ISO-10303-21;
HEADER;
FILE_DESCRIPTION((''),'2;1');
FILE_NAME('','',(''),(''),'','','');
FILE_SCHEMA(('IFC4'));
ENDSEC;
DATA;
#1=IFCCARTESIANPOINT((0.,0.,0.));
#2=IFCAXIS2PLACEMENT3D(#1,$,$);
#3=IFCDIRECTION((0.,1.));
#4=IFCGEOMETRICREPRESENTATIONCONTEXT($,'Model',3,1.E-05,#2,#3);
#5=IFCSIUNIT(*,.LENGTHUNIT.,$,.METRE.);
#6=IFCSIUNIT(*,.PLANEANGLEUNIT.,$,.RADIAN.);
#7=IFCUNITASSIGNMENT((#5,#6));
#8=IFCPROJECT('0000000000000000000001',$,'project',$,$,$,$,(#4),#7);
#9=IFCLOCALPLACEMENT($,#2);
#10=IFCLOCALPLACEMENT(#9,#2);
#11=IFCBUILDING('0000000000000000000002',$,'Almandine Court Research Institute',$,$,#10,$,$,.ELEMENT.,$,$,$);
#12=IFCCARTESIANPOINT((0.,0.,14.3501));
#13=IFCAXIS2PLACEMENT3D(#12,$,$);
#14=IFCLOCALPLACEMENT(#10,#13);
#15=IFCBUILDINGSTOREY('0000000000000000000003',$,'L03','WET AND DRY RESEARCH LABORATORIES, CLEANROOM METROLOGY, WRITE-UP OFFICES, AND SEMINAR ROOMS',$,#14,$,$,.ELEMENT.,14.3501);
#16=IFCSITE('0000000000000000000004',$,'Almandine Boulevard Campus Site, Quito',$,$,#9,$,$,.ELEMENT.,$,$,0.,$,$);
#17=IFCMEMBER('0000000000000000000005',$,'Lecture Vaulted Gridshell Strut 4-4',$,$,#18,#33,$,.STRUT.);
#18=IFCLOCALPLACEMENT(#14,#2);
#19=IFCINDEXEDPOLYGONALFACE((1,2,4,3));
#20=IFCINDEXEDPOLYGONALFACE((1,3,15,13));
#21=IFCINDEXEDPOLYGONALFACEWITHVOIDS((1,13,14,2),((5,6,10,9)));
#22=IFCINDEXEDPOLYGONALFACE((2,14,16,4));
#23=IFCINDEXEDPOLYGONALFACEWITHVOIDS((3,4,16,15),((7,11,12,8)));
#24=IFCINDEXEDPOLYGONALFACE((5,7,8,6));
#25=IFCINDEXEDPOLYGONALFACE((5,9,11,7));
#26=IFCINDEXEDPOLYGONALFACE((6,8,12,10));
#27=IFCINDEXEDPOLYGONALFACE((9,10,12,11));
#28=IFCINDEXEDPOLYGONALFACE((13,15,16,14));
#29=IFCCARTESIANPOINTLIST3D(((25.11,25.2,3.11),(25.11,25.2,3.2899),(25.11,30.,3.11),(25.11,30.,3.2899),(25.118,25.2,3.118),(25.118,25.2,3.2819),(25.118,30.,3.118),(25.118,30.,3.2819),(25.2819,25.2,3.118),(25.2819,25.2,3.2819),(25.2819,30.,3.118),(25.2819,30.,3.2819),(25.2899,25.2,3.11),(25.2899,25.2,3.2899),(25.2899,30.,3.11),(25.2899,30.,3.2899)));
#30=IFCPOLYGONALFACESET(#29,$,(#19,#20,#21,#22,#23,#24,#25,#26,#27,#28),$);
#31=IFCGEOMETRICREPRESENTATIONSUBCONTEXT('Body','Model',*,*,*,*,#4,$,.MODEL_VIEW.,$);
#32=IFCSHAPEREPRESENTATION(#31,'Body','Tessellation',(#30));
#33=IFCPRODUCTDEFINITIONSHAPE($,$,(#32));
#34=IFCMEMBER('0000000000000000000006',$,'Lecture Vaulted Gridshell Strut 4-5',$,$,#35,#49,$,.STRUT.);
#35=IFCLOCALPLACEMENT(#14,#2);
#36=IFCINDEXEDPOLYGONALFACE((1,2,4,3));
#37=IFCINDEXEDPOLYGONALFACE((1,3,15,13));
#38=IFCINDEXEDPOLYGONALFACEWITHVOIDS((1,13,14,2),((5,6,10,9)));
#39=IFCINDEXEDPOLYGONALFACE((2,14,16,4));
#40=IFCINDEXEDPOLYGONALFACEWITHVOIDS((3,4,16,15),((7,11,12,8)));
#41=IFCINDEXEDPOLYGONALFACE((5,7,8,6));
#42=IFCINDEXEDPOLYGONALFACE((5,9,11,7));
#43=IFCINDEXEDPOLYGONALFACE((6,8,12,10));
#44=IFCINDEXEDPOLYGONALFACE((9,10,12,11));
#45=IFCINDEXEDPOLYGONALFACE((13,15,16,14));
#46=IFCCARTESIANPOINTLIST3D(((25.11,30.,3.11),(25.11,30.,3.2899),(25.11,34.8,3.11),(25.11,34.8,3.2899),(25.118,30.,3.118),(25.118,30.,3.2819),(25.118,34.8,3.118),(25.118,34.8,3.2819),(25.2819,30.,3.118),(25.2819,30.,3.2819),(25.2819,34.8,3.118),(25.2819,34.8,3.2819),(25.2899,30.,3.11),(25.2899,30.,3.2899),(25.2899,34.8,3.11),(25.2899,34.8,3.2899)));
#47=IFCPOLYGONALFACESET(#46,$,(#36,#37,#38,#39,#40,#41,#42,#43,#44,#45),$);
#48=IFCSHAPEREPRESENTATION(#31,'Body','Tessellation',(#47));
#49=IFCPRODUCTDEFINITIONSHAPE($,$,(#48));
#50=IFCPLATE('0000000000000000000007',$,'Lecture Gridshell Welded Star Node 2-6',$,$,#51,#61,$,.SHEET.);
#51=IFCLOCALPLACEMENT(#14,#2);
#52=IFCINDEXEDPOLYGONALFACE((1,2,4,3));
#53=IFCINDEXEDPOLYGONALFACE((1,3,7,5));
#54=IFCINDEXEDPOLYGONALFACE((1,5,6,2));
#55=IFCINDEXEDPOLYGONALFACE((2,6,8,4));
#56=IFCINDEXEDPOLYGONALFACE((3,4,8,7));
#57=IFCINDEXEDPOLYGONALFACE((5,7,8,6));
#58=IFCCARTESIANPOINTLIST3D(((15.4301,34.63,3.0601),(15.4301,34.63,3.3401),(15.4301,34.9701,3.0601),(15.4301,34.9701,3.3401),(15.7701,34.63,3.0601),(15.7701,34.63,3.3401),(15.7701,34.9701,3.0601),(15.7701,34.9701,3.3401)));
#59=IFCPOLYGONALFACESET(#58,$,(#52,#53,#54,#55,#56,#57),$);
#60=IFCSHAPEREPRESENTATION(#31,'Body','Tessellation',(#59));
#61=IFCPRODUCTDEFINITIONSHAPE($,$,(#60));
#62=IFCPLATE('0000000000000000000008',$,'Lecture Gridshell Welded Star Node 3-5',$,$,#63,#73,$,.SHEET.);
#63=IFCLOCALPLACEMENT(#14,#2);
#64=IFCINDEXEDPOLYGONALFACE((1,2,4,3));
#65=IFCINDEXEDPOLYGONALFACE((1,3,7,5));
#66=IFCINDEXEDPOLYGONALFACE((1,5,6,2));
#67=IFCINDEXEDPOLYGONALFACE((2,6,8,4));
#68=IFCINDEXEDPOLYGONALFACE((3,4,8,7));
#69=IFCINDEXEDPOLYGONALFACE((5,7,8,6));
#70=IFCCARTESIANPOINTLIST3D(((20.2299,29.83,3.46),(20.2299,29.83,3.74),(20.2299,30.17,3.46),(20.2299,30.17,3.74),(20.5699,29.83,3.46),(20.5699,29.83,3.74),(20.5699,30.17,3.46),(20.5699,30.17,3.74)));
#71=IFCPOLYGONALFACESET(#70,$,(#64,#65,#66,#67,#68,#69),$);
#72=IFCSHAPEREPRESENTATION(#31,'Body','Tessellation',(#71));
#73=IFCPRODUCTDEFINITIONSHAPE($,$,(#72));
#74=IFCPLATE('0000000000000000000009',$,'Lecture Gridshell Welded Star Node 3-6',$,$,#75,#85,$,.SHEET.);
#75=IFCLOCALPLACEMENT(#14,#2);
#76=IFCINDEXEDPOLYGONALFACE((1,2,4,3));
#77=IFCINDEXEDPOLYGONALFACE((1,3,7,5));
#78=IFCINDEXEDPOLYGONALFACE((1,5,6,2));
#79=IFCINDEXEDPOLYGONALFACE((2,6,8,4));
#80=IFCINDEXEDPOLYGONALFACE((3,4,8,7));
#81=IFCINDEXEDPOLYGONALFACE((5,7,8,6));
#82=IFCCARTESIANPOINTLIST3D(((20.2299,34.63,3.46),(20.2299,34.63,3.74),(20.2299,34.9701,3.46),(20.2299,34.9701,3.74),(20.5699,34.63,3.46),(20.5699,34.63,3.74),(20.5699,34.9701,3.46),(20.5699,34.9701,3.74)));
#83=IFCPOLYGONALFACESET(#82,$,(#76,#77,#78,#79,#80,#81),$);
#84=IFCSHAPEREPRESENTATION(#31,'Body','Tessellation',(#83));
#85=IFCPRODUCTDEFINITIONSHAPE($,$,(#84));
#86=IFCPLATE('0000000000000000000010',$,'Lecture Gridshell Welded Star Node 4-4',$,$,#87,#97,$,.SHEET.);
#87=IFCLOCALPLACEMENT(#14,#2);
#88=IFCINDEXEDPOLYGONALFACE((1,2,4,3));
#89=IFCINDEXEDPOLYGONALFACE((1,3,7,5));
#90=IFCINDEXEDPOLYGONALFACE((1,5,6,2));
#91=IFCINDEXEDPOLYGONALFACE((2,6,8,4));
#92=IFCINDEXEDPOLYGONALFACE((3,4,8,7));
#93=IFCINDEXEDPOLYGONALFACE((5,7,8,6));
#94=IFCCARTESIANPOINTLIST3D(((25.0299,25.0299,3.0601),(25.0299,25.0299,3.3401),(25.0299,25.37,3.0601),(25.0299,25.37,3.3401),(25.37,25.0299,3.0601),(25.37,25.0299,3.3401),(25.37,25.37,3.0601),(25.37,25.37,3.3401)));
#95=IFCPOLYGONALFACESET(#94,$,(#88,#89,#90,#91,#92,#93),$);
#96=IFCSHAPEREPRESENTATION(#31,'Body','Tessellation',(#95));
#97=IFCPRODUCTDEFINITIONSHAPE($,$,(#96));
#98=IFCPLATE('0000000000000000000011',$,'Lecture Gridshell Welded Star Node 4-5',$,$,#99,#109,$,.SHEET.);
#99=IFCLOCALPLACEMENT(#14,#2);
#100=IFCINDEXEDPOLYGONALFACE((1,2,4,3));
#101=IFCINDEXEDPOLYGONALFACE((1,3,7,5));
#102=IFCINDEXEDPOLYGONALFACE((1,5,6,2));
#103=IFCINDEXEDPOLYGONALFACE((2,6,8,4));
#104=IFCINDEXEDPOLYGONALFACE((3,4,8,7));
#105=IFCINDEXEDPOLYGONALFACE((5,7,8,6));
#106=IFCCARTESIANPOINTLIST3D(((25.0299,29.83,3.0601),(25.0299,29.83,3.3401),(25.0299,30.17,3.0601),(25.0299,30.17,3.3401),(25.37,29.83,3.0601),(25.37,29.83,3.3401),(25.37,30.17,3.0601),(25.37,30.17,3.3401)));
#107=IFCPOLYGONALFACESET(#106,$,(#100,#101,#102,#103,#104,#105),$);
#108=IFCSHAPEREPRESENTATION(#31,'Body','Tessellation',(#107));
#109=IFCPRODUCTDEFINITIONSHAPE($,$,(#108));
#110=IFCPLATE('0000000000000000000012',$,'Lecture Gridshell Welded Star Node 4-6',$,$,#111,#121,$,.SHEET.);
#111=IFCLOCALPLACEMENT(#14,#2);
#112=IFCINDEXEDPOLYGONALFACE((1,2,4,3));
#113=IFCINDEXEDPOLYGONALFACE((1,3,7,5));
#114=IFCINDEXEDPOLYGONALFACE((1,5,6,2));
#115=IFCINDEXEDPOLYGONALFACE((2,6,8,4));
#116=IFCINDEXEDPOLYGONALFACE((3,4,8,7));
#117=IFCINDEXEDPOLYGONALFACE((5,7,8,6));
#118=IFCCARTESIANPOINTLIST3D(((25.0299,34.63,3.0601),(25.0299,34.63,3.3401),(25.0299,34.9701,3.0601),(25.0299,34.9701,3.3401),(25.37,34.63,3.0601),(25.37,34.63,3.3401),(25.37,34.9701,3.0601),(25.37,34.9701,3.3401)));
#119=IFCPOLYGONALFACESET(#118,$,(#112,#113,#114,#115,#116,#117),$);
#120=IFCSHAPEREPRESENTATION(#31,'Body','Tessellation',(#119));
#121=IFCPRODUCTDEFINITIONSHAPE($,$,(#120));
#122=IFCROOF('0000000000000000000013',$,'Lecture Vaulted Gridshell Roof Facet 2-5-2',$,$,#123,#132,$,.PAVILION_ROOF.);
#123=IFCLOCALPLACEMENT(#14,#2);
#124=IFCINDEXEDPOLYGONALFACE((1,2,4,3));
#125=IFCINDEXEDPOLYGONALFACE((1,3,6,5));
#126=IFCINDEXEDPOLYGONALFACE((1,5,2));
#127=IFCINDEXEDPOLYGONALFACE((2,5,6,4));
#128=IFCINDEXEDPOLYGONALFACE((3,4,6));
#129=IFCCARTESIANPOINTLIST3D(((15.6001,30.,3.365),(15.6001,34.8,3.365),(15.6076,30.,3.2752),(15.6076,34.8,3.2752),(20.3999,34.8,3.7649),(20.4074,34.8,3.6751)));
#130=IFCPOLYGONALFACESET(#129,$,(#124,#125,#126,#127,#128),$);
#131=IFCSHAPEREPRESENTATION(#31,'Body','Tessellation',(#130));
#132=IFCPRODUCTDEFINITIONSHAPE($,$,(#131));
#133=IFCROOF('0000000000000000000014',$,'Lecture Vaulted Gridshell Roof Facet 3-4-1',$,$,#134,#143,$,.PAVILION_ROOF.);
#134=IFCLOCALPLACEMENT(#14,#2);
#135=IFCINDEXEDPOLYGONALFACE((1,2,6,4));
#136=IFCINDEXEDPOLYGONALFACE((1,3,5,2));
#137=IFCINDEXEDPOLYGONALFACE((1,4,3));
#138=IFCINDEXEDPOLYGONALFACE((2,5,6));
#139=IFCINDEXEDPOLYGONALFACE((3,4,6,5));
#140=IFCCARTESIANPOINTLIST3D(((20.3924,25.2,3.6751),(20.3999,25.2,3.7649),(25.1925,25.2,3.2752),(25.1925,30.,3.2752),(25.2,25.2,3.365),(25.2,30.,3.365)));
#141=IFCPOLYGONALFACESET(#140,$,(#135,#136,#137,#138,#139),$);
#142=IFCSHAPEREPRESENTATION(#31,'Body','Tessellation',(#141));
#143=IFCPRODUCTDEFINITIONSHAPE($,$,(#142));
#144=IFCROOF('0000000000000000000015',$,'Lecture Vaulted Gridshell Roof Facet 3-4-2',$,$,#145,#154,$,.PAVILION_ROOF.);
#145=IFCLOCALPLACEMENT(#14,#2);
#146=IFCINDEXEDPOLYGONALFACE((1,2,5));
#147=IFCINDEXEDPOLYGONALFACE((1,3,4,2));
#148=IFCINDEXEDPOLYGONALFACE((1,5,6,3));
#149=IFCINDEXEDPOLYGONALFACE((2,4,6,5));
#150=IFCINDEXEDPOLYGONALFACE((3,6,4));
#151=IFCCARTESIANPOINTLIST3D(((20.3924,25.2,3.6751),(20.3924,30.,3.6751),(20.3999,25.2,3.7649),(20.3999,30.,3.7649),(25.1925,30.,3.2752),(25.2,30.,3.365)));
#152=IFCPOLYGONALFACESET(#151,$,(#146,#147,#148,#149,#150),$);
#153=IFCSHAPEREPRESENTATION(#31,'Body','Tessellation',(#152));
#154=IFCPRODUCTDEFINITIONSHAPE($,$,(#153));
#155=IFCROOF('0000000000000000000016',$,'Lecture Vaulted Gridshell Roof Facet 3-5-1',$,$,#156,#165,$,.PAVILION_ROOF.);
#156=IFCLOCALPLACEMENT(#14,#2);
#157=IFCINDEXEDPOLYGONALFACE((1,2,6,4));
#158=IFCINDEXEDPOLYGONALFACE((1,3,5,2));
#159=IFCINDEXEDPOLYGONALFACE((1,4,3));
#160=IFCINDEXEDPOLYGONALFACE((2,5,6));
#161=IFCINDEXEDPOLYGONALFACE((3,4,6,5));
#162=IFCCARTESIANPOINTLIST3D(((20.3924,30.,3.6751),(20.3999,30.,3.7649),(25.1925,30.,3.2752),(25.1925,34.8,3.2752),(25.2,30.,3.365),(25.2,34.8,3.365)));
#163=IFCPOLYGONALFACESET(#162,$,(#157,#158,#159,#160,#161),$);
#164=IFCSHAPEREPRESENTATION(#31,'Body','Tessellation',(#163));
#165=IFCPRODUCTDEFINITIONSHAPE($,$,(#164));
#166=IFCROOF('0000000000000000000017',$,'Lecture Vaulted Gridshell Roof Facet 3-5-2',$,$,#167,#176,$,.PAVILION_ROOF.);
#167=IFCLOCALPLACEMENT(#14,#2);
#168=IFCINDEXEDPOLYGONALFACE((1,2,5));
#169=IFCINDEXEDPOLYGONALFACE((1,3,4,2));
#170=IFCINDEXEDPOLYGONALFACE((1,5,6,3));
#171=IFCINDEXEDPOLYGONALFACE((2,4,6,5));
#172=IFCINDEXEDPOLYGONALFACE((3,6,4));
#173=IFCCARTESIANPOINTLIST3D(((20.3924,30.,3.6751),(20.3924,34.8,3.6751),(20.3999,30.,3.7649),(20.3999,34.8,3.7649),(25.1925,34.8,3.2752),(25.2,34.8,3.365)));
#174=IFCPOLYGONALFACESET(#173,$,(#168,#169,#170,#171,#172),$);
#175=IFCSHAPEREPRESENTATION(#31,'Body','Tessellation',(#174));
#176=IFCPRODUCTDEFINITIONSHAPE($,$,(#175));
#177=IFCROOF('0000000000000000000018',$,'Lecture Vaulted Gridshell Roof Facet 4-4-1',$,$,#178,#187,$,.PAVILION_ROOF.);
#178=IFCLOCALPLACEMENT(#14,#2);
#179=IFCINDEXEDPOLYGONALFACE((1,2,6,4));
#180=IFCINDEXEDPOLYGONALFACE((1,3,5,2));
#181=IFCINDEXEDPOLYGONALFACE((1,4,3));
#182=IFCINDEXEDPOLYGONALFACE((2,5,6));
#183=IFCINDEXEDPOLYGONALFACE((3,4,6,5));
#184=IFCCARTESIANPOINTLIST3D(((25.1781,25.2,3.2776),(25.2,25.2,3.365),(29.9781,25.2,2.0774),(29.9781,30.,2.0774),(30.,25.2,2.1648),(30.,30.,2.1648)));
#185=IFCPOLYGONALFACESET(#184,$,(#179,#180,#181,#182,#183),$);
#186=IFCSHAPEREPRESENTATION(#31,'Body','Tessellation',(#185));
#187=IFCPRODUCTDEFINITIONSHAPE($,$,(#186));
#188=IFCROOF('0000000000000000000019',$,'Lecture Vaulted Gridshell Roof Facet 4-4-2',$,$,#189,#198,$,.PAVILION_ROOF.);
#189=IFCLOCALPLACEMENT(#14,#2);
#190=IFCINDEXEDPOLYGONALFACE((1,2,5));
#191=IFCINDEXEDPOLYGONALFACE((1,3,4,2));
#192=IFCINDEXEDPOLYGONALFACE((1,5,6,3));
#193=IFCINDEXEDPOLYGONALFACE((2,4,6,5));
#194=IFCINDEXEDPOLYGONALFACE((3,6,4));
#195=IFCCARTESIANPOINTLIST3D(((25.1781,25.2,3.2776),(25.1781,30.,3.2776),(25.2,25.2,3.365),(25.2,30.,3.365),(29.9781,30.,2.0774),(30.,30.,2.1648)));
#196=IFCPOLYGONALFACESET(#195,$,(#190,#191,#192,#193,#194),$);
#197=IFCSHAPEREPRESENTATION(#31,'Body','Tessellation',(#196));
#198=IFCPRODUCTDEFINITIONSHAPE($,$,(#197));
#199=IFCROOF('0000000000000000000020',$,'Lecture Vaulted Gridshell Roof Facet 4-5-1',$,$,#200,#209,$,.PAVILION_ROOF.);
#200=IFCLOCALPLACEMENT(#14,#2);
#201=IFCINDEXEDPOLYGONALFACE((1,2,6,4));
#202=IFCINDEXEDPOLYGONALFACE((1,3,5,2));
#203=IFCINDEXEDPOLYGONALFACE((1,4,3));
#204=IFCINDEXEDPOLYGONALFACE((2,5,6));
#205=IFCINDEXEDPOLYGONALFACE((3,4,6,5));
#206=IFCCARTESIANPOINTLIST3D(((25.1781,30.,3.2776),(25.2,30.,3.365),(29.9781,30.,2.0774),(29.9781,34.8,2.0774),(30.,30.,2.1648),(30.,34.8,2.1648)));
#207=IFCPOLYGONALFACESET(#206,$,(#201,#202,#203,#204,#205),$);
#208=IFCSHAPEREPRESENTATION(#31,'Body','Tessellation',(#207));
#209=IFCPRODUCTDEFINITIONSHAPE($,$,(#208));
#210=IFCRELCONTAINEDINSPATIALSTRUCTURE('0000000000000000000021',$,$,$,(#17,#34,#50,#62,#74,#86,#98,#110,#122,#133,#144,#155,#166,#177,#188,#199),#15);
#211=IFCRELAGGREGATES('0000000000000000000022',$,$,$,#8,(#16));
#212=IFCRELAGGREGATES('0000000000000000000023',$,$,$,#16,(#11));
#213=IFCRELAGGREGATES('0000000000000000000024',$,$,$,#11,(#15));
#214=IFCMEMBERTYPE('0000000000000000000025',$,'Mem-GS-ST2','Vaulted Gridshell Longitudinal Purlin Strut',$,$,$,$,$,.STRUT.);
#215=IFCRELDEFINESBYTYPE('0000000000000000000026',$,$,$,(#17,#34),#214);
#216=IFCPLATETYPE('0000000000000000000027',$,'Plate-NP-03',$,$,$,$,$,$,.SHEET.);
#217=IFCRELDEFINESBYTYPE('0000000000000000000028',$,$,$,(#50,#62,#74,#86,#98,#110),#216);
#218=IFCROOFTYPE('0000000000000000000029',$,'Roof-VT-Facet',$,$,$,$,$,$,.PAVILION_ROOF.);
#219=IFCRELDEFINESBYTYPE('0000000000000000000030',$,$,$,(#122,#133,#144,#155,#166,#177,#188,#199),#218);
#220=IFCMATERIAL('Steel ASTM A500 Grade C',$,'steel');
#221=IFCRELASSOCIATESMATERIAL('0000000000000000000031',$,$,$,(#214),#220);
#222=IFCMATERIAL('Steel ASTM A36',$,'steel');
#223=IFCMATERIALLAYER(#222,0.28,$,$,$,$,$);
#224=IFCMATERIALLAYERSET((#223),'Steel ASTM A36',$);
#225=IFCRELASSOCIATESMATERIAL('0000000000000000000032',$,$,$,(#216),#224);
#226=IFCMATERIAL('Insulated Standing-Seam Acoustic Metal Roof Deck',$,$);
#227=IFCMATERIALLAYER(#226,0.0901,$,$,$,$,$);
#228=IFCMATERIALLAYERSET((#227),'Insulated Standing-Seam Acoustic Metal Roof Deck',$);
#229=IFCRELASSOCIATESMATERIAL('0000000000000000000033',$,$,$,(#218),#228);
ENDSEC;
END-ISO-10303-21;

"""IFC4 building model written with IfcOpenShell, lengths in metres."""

from ifc_helpers import new_model, si_unit, direction, frame, origin, origin_2d, place, context, subcontext, project, spatial, polyline, rectangle, hollow_rectangle, outline, extrude, material, layer, layer_set, material_profile, profile_set, type_object, element, save


model = new_model("IFC4")

# Units and contexts
model_context = context("Model", 3, precision=1e-05, world=origin(), true_north=direction((0.0, 1.0)))
body_context = subcontext(model_context, "Body", "Model", "MODEL_VIEW")
ifc_project = project(units=[si_unit("LENGTHUNIT", "METRE"), si_unit("PLANEANGLEUNIT", "RADIAN")], contexts=[model_context])

# Site, building, storey
site_placement = place(None, origin())
site = spatial("IfcSite", under=ifc_project, at=site_placement, Name="Almandine Boulevard Campus Site, Quito", CompositionType="ELEMENT", RefElevation=0.0)
building_placement = place(site_placement, origin())
building = spatial("IfcBuilding", under=site, at=building_placement, Name="Almandine Court Research Institute", CompositionType="ELEMENT")
storey_placement = place(building_placement, frame((0.0, 0.0, 14.3501)))
storey = spatial("IfcBuildingStorey", under=building, at=storey_placement, Name="L03", Description="WET AND DRY RESEARCH LABORATORIES, CLEANROOM METROLOGY, WRITE-UP OFFICES, AND SEMINAR ROOMS", CompositionType="ELEMENT", Elevation=14.3501)

# Members
ifc_material_1 = material(Name="Steel ASTM A500 Grade C", Category="steel")
ifc_material_profile_1 = material_profile(ifc_material_1, hollow_rectangle(XDim=0.1799, YDim=0.1799, WallThickness=0.0081, at=origin_2d()), Name="HSS 180x180x8")
ifc_profile_set_1 = profile_set([ifc_material_profile_1], Name="Steel ASTM A500 Grade C")
member_type_1 = type_object("IfcMemberType", Name="Mem-GS-ST2", Description="Vaulted Gridshell Longitudinal Purlin Strut", PredefinedType="STRUT", material=ifc_profile_set_1)
for number, where, z_axis, x_axis, name in (
    (1, (25.2, 25.2, 3.2), (0.0, 1.0, 0.0), (-1.0, 0.0, 0.0), "Lecture Vaulted Gridshell Strut 4-4"),
    (2, (25.2, 30.0, 3.2), (0.0, 1.0, 0.0), (-1.0, 0.0, 0.0), "Lecture Vaulted Gridshell Strut 4-5"),
):
    element("IfcMember", number, at=place(storey_placement, frame(where, z_axis=z_axis, x_axis=x_axis)), inside=storey, type_object=member_type_1, Name=name, PredefinedType="STRUT", context=body_context, shape_type="SweptSolid", body=[
        extrude(hollow_rectangle(XDim=0.1799, YDim=0.1799, WallThickness=0.0081, at=origin_2d()), origin(), (0.0, 0.0, 1.0), 4.8),
    ])

# Plates
ifc_material_2 = material(Name="Steel ASTM A36", Category="steel")
ifc_layer_1 = layer(ifc_material_2, 0.28)
ifc_layer_set_1 = layer_set([ifc_layer_1], Name="Steel ASTM A36")
plate_type = type_object("IfcPlateType", Name="Plate-NP-03", PredefinedType="SHEET", material=ifc_layer_set_1)
for number, where, z_axis, x_axis, name in (
    (3, (15.6001, 34.8, 3.0601), (0.0, 0.0, 1.0), (1.0, 0.0, 0.0), "Lecture Gridshell Welded Star Node 2-6"),
    (4, (20.3999, 30.0, 3.46), (0.0, 0.0, 1.0), (1.0, 0.0, 0.0), "Lecture Gridshell Welded Star Node 3-5"),
    (5, (20.3999, 34.8, 3.46), (0.0, 0.0, 1.0), (1.0, 0.0, 0.0), "Lecture Gridshell Welded Star Node 3-6"),
    (6, (25.2, 25.2, 3.0601), (0.0, 0.0, 1.0), (1.0, 0.0, 0.0), "Lecture Gridshell Welded Star Node 4-4"),
    (7, (25.2, 30.0, 3.0601), (0.0, 0.0, 1.0), (1.0, 0.0, 0.0), "Lecture Gridshell Welded Star Node 4-5"),
    (8, (25.2, 34.8, 3.0601), (0.0, 0.0, 1.0), (1.0, 0.0, 0.0), "Lecture Gridshell Welded Star Node 4-6"),
):
    element("IfcPlate", number, at=place(storey_placement, frame(where, z_axis=z_axis, x_axis=x_axis)), inside=storey, type_object=plate_type, Name=name, PredefinedType="SHEET", context=body_context, shape_type="SweptSolid", body=[
        extrude(rectangle(XDim=0.3401, YDim=0.3401, at=origin_2d()), origin(), (0.0, 0.0, 1.0), 0.28),
    ])

# Roofs
ifc_material_3 = material(Name="Insulated Standing-Seam Acoustic Metal Roof Deck")
ifc_layer_2 = layer(ifc_material_3, 0.0901)
ifc_layer_set_2 = layer_set([ifc_layer_2], Name="Insulated Standing-Seam Acoustic Metal Roof Deck")
roof_type = type_object("IfcRoofType", Name="Roof-VT-Facet", PredefinedType="PAVILION_ROOF", material=ifc_layer_set_2)
roof_1_placement = place(storey_placement, frame((15.6001, 30.0, 3.365), z_axis=(-0.083029, 0.0, 0.996547), x_axis=(0.705865, 0.705901, 0.05881)))
element("IfcRoof", 9, at=roof_1_placement, inside=storey, type_object=roof_type, Name="Lecture Vaulted Gridshell Roof Facet 2-5-2", PredefinedType="PAVILION_ROOF", context=body_context, shape_type="SweptSolid", body=[
    extrude(outline(polyline([(0.0, 0.0), (6.7999, 0.0), (3.3884, 3.3999), (0.0, 0.0)])), origin(), (0.0, 0.0, -1.0), 0.0901),
])
roof_2_placement = place(storey_placement, frame((20.3999, 25.2, 3.7649), z_axis=(0.083025, 0.0, 0.996548), x_axis=(0.996548, 0.0, -0.083025)))
element("IfcRoof", 10, at=roof_2_placement, inside=storey, type_object=roof_type, Name="Lecture Vaulted Gridshell Roof Facet 3-4-1", PredefinedType="PAVILION_ROOF", context=body_context, shape_type="SweptSolid", body=[
    extrude(outline(polyline([(0.0, 0.0), (4.8167, 0.0), (4.8167, 4.8), (0.0, 0.0)])), origin(), (0.0, 0.0, -1.0), 0.0901),
])
roof_3_placement = place(storey_placement, frame((20.3999, 25.2, 3.7649), z_axis=(0.083025, 0.0, 0.996548), x_axis=(0.705883, 0.705883, -0.058809)))
element("IfcRoof", 11, at=roof_3_placement, inside=storey, type_object=roof_type, Name="Lecture Vaulted Gridshell Roof Facet 3-4-2", PredefinedType="PAVILION_ROOF", context=body_context, shape_type="SweptSolid", body=[
    extrude(outline(polyline([(0.0, 0.0), (6.8001, 0.0), (3.3883, 3.4), (0.0, 0.0)])), origin(), (0.0, 0.0, -1.0), 0.0901),
])
roof_4_placement = place(storey_placement, frame((20.3999, 30.0, 3.7649), z_axis=(0.083025, 0.0, 0.996548), x_axis=(0.996548, 0.0, -0.083025)))
element("IfcRoof", 12, at=roof_4_placement, inside=storey, type_object=roof_type, Name="Lecture Vaulted Gridshell Roof Facet 3-5-1", PredefinedType="PAVILION_ROOF", context=body_context, shape_type="SweptSolid", body=[
    extrude(outline(polyline([(0.0, 0.0), (4.8167, 0.0), (4.8167, 4.8), (0.0, 0.0)])), origin(), (0.0, 0.0, -1.0), 0.0901),
])
roof_5_placement = place(storey_placement, frame((20.3999, 30.0, 3.7649), z_axis=(0.083025, 0.0, 0.996548), x_axis=(0.705883, 0.705883, -0.058809)))
element("IfcRoof", 13, at=roof_5_placement, inside=storey, type_object=roof_type, Name="Lecture Vaulted Gridshell Roof Facet 3-5-2", PredefinedType="PAVILION_ROOF", context=body_context, shape_type="SweptSolid", body=[
    extrude(outline(polyline([(0.0, 0.0), (6.8001, 0.0), (3.3883, 3.4), (0.0, 0.0)])), origin(), (0.0, 0.0, -1.0), 0.0901),
])
roof_6_placement = place(storey_placement, frame((25.2, 25.2, 3.365), z_axis=(0.24257, 0.0, 0.970134), x_axis=(0.970134, 0.0, -0.24257)))
element("IfcRoof", 14, at=roof_6_placement, inside=storey, type_object=roof_type, Name="Lecture Vaulted Gridshell Roof Facet 4-4-1", PredefinedType="PAVILION_ROOF", context=body_context, shape_type="SweptSolid", body=[
    extrude(outline(polyline([(0.0, 0.0), (4.9478, 0.0), (4.9478, 4.8), (0.0, 0.0)])), origin(), (0.0, 0.0, -1.0), 0.0901),
])
roof_7_placement = place(storey_placement, frame((25.2, 25.2, 3.365), z_axis=(0.24257, 0.0, 0.970134), x_axis=(0.696307, 0.696307, -0.174103)))
element("IfcRoof", 15, at=roof_7_placement, inside=storey, type_object=roof_type, Name="Lecture Vaulted Gridshell Roof Facet 4-4-2", PredefinedType="PAVILION_ROOF", context=body_context, shape_type="SweptSolid", body=[
    extrude(outline(polyline([(0.0, 0.0), (6.8936, 0.0), (3.3423, 3.4452), (0.0, 0.0)])), origin(), (0.0, 0.0, -1.0), 0.0901),
])
roof_8_placement = place(storey_placement, frame((25.2, 30.0, 3.365), z_axis=(0.24257, 0.0, 0.970134), x_axis=(0.970134, 0.0, -0.24257)))
element("IfcRoof", 16, at=roof_8_placement, inside=storey, type_object=roof_type, Name="Lecture Vaulted Gridshell Roof Facet 4-5-1", PredefinedType="PAVILION_ROOF", context=body_context, shape_type="SweptSolid", body=[
    extrude(outline(polyline([(0.0, 0.0), (4.9478, 0.0), (4.9478, 4.8), (0.0, 0.0)])), origin(), (0.0, 0.0, -1.0), 0.0901),
])

save(model, "model.ifc")
